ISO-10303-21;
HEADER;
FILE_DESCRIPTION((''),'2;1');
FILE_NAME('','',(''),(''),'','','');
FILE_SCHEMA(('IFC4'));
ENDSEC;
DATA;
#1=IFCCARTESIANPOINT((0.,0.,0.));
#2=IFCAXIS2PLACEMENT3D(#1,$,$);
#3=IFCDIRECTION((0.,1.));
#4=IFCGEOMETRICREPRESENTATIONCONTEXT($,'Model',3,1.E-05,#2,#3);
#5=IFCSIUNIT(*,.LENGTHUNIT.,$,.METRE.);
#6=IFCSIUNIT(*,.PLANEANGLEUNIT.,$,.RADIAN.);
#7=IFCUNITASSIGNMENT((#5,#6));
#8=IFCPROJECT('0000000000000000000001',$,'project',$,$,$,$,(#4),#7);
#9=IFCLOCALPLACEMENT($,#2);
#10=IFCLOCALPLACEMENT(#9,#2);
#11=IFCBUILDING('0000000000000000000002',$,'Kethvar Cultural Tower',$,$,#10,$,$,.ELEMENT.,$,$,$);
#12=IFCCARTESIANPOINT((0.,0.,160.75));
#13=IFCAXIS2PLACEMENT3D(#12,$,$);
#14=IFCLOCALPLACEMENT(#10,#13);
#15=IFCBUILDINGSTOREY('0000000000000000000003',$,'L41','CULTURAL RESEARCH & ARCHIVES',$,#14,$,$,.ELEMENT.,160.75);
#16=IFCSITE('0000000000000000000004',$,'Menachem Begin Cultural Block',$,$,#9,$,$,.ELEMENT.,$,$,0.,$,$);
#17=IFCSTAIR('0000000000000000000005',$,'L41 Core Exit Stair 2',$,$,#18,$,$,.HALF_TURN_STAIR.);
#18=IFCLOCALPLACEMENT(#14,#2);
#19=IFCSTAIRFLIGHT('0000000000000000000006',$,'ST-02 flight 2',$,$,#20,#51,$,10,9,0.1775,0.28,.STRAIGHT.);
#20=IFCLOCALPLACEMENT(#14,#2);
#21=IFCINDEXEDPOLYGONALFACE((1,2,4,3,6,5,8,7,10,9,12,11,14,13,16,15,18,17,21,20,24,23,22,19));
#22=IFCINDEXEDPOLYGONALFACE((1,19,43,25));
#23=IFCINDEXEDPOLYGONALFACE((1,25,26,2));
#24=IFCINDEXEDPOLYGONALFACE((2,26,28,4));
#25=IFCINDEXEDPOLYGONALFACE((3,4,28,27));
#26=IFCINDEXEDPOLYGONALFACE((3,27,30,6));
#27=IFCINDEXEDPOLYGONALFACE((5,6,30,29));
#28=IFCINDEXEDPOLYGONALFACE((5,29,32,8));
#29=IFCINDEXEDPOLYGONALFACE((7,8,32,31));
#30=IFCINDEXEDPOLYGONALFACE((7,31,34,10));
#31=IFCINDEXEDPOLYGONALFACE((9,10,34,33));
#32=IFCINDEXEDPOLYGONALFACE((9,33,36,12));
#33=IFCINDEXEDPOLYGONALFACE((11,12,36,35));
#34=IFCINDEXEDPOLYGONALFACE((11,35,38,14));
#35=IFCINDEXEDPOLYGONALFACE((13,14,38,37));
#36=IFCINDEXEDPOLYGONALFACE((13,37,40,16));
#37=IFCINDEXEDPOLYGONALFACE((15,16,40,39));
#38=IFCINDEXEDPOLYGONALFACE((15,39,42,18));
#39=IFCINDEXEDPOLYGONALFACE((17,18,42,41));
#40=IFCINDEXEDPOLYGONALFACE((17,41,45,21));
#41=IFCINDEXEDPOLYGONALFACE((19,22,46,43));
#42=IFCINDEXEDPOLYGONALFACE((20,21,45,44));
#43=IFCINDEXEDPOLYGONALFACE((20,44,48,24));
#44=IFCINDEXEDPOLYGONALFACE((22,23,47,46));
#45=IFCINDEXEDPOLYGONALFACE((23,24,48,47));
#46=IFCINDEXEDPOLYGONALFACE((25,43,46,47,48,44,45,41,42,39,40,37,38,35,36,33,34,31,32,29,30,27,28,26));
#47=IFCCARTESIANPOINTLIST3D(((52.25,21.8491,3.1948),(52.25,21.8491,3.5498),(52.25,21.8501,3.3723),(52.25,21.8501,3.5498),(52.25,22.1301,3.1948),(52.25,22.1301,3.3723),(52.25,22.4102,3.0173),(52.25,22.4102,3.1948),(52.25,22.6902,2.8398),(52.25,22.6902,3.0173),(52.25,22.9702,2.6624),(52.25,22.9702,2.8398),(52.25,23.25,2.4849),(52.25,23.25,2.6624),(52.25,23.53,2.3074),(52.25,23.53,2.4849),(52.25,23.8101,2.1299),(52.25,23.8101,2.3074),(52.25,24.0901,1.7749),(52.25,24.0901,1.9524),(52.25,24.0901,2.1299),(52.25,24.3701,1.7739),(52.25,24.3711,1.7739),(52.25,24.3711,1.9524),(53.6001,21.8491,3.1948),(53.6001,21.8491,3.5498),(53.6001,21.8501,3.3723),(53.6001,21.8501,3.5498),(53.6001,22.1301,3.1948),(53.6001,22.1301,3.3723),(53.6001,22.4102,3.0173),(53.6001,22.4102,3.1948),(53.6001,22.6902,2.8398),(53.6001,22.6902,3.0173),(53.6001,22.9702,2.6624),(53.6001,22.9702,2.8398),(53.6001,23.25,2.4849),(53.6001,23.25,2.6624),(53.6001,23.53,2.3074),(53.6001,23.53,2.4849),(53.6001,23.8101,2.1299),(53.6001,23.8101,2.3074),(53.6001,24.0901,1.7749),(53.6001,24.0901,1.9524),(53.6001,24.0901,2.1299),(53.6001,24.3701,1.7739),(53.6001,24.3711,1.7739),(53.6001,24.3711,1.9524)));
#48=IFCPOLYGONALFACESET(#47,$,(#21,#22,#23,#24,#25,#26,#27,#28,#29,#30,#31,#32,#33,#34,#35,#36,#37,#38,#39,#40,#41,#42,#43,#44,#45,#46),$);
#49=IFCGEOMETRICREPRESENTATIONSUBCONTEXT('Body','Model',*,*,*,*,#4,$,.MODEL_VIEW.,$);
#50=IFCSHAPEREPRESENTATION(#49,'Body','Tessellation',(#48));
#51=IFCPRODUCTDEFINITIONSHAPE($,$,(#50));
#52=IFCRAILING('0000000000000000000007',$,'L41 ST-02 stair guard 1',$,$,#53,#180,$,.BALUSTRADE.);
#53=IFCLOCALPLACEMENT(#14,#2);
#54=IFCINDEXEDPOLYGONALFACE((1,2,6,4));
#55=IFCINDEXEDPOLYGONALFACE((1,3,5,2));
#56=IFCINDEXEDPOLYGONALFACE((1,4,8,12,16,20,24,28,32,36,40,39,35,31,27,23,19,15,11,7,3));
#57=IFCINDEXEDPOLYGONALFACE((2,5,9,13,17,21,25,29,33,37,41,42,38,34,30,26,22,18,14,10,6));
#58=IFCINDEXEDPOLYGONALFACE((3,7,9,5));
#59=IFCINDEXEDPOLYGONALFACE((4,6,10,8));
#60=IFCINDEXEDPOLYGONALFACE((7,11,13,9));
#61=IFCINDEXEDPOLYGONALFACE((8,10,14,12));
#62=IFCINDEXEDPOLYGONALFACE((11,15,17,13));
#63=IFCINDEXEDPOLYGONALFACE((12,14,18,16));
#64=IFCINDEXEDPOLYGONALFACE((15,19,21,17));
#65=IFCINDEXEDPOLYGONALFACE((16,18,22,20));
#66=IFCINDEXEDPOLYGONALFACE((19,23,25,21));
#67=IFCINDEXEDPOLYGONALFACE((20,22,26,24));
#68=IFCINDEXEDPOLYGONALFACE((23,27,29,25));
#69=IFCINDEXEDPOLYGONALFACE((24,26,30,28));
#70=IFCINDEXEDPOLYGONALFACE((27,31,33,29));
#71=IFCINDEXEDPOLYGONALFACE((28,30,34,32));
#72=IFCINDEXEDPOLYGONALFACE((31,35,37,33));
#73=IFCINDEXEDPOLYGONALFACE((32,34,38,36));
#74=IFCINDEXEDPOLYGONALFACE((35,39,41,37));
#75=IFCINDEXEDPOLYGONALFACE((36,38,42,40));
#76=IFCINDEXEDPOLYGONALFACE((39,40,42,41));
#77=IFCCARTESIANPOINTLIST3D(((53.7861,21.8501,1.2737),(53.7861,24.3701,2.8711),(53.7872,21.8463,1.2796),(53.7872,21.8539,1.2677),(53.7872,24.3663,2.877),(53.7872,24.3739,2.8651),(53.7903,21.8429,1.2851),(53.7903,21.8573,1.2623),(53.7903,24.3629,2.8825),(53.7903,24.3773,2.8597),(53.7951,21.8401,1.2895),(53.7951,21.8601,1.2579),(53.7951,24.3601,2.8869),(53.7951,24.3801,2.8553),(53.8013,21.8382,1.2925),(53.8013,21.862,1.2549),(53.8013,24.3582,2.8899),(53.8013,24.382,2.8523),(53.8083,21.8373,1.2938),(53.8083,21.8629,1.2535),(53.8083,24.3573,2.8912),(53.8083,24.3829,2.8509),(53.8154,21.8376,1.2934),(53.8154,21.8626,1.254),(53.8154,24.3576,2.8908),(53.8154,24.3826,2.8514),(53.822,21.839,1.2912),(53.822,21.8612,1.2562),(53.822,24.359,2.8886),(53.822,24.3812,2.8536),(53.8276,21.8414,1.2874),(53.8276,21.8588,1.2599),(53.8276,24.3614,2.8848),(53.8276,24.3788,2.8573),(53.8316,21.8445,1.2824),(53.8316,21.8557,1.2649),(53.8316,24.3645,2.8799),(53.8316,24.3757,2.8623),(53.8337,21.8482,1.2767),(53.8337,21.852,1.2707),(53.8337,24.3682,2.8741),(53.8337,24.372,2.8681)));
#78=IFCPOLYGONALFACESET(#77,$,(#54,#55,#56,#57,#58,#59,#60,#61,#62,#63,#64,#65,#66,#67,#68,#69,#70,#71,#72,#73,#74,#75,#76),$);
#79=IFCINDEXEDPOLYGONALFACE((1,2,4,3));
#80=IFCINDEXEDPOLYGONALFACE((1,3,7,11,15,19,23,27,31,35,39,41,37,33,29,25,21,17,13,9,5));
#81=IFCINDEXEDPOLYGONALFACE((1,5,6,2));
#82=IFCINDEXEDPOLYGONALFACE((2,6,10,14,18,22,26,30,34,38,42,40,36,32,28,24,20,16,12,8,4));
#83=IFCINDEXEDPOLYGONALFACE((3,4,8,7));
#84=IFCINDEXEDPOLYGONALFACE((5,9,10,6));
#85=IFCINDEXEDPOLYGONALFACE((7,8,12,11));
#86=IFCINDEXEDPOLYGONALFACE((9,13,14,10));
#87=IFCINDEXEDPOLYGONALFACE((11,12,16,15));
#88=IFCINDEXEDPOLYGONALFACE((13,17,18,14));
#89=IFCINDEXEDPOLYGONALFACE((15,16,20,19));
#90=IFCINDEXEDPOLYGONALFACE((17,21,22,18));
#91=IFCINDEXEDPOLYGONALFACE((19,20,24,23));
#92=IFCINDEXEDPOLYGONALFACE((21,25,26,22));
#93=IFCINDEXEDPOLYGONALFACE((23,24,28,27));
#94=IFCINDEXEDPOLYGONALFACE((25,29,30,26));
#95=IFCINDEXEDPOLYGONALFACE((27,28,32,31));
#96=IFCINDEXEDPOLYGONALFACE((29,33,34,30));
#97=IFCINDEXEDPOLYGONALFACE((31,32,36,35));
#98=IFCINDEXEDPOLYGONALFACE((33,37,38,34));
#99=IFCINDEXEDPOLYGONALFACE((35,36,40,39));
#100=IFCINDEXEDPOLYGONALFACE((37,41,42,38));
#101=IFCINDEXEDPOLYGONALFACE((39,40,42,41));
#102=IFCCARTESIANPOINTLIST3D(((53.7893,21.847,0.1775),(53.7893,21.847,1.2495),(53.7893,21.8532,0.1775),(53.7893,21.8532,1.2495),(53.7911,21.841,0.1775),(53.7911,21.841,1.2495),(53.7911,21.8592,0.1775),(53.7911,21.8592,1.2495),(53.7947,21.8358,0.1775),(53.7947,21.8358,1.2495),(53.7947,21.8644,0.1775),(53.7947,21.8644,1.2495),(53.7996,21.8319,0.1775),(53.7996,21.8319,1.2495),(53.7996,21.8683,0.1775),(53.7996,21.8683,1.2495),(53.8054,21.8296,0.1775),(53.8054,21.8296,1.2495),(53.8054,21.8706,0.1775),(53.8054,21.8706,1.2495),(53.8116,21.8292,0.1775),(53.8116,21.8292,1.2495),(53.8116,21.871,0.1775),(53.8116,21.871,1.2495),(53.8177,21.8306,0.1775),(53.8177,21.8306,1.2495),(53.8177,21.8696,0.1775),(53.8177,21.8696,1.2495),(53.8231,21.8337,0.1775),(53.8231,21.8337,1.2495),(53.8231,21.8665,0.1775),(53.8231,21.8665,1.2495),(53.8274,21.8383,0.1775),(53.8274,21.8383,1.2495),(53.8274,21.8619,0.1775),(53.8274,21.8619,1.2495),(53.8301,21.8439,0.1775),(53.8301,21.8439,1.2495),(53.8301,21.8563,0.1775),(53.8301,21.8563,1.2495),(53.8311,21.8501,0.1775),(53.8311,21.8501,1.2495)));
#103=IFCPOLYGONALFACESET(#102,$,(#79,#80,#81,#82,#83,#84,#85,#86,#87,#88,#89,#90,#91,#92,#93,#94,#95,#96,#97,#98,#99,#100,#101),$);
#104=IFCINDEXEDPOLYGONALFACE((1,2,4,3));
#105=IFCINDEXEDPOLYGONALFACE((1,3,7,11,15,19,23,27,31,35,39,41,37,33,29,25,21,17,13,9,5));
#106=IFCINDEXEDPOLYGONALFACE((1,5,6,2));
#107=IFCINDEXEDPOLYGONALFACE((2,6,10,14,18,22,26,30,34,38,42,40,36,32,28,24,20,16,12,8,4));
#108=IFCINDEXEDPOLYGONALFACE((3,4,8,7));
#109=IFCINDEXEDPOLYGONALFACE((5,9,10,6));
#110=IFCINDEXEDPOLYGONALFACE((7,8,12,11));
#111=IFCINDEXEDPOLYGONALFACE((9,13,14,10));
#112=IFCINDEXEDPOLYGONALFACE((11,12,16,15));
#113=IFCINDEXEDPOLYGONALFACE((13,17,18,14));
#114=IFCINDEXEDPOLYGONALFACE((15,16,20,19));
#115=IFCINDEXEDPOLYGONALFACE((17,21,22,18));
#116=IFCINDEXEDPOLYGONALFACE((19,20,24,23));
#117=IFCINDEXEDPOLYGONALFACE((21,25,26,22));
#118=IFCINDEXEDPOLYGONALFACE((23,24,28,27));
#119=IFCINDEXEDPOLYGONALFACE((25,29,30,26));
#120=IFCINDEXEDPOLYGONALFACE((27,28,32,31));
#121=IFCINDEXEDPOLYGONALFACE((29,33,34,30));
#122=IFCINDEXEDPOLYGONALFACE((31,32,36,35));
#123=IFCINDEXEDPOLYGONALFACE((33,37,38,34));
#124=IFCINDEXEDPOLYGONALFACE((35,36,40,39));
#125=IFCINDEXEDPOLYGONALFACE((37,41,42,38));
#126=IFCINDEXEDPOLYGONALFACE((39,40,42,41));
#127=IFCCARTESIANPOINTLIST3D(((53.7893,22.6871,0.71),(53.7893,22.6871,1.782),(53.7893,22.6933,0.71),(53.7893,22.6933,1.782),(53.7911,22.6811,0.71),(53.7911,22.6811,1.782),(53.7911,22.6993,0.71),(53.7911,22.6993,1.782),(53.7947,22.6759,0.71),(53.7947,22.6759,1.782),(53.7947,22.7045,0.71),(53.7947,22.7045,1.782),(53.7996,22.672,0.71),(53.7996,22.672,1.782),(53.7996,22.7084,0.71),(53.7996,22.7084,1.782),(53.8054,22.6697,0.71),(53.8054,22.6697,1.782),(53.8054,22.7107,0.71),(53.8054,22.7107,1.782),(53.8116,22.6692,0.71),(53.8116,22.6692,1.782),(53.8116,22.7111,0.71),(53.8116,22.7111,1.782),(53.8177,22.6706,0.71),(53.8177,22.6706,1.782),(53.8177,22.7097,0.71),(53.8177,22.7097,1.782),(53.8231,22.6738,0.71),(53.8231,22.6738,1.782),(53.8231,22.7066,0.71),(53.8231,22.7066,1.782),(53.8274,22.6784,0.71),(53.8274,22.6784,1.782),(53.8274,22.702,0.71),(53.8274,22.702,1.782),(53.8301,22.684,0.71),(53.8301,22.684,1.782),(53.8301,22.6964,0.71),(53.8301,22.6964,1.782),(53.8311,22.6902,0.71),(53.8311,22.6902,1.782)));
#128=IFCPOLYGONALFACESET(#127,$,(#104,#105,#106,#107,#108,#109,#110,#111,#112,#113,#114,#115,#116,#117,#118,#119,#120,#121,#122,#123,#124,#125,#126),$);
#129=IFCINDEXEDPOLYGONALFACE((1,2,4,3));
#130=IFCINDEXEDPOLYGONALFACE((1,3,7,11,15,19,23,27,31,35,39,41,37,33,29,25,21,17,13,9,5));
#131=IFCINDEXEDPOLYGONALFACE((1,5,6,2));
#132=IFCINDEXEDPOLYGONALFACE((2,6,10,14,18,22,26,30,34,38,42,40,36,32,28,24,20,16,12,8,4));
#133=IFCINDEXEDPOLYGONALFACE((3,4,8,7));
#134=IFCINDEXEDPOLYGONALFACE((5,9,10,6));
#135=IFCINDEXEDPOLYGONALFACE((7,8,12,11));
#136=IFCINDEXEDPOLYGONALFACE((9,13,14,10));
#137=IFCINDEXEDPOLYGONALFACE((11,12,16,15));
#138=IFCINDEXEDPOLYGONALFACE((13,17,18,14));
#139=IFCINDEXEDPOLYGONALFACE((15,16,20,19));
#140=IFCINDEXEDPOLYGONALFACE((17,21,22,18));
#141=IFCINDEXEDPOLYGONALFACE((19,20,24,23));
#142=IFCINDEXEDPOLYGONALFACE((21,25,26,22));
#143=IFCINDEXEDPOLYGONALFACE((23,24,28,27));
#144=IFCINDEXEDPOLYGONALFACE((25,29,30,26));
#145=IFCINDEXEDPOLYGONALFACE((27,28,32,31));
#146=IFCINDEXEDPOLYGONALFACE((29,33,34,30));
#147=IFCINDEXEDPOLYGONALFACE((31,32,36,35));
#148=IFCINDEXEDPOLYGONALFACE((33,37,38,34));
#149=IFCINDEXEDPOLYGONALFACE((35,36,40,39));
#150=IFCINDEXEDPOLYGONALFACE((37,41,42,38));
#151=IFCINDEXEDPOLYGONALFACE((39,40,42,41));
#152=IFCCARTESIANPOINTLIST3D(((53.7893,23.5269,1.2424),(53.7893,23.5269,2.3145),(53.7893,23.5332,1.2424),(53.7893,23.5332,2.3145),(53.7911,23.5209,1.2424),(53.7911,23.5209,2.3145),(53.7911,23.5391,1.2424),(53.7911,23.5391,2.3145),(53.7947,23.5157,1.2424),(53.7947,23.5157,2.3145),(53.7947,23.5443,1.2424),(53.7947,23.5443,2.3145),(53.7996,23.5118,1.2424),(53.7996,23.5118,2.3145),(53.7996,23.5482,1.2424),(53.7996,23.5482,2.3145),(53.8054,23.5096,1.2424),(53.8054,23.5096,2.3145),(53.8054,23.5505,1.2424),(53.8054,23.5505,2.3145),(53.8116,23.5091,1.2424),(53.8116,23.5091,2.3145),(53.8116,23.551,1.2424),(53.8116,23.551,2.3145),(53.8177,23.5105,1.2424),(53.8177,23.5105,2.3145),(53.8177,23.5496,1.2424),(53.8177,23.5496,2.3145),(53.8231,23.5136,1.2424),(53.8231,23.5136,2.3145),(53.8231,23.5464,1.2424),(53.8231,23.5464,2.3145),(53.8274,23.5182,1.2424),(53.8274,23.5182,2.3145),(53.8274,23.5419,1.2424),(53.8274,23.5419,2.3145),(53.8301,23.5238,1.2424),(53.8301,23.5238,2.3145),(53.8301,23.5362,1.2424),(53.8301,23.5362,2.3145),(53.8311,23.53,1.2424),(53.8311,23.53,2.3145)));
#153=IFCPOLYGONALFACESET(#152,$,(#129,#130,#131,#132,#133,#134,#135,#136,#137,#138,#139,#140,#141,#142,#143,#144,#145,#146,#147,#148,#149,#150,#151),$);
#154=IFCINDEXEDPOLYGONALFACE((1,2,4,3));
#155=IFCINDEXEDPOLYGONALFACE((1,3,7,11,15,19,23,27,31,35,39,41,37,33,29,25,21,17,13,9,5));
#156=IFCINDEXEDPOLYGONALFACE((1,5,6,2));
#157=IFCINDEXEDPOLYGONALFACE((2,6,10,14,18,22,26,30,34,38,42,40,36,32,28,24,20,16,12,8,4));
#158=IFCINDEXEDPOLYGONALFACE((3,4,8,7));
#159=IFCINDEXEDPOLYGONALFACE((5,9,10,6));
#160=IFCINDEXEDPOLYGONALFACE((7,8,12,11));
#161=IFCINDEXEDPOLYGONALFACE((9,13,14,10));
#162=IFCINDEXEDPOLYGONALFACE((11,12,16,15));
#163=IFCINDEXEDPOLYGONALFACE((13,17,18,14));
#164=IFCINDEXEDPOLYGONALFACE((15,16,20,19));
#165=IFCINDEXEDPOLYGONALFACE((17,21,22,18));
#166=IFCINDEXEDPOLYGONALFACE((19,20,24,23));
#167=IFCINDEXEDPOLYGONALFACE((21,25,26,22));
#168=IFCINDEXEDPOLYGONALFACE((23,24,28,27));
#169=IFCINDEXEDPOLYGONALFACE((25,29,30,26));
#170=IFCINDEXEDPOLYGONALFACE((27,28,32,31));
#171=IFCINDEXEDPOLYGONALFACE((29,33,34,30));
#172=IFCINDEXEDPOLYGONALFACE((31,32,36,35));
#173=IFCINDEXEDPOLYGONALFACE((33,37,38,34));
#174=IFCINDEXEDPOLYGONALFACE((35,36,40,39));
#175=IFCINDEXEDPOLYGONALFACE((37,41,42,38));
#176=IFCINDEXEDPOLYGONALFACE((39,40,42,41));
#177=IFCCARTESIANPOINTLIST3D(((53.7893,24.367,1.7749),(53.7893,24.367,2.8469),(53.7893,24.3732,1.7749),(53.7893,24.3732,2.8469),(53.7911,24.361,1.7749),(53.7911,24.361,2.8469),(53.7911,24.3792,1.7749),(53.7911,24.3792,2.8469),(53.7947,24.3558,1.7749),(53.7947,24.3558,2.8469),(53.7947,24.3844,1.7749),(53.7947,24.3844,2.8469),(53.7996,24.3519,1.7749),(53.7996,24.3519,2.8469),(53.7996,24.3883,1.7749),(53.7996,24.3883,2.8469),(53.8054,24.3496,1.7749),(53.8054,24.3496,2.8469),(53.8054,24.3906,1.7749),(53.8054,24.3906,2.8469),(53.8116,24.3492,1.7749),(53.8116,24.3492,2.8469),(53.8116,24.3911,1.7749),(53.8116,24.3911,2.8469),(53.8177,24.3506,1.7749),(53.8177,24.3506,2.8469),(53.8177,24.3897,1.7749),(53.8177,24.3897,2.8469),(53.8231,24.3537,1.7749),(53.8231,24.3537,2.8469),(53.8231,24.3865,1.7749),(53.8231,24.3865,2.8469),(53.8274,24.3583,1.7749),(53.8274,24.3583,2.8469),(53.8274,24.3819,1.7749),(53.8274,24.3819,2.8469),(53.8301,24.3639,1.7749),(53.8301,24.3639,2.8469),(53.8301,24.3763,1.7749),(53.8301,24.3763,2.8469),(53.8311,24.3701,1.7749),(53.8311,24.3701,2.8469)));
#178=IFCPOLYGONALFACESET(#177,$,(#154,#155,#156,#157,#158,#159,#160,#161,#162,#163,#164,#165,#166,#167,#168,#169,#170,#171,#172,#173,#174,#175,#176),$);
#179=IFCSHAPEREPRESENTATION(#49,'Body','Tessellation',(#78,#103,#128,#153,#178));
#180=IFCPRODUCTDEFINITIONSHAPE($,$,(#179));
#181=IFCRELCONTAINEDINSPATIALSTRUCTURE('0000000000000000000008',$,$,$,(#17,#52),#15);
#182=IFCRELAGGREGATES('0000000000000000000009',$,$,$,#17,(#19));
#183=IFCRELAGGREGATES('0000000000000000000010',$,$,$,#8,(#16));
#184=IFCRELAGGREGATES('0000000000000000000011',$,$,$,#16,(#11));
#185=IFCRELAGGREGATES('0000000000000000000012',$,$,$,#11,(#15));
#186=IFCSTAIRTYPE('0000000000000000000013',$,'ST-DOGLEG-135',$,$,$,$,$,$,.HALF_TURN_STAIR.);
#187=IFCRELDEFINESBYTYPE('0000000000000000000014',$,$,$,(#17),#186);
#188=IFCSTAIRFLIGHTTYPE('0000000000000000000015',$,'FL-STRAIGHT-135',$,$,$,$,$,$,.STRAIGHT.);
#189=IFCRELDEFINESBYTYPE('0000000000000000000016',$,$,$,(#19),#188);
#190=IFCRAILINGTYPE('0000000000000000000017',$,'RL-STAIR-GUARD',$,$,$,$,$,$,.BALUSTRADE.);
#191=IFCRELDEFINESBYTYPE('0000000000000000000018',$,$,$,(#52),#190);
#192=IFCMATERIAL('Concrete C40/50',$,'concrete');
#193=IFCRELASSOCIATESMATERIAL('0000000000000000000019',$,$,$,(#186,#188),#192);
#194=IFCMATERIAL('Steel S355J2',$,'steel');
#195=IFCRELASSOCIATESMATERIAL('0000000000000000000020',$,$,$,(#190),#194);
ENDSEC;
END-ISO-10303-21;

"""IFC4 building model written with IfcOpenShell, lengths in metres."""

from ifc_helpers import new_model, si_unit, direction, frame, origin, origin_2d, place, context, subcontext, project, spatial, polyline, circle, outline, extrude, material, type_object, element, aggregate, save


model = new_model("IFC4")

# Units and contexts
model_context = context("Model", 3, precision=1e-05, world=origin(), true_north=direction((0.0, 1.0)))
body_context = subcontext(model_context, "Body", "Model", "MODEL_VIEW")
ifc_project = project(units=[si_unit("LENGTHUNIT", "METRE"), si_unit("PLANEANGLEUNIT", "RADIAN")], contexts=[model_context])

# Site, building, storey
site_placement = place(None, origin())
site = spatial("IfcSite", under=ifc_project, at=site_placement, Name="Menachem Begin Cultural Block", CompositionType="ELEMENT", RefElevation=0.0)
building_placement = place(site_placement, origin())
building = spatial("IfcBuilding", under=site, at=building_placement, Name="Kethvar Cultural Tower", CompositionType="ELEMENT")
storey_placement = place(building_placement, frame((0.0, 0.0, 160.75)))
storey = spatial("IfcBuildingStorey", under=building, at=storey_placement, Name="L41", Description="CULTURAL RESEARCH & ARCHIVES", CompositionType="ELEMENT", Elevation=160.75)

# Shared definitions
ifc_material_1 = material(Name="Steel S355J2", Category="steel")

# Stair, stair flight
ifc_material_2 = material(Name="Concrete C40/50", Category="concrete")
stair_type = type_object("IfcStairType", Name="ST-DOGLEG-135", PredefinedType="HALF_TURN_STAIR", material=ifc_material_2)
stair_placement = place(storey_placement, origin())
stair = element("IfcStair", 1, at=stair_placement, inside=storey, type_object=stair_type, Name="L41 Core Exit Stair 2", PredefinedType="HALF_TURN_STAIR")
stair_flight_type = type_object("IfcStairFlightType", Name="FL-STRAIGHT-135", PredefinedType="STRAIGHT", material=ifc_material_2)
stair_flight_1_placement = place(storey_placement, frame((52.925, 24.3701, 1.7749), z_axis=(0.0, 0.0, 1.0), x_axis=(0.0, -1.0, 0.0)))
stair_flight_1 = element("IfcStairFlight", 2, at=stair_flight_1_placement, type_object=stair_flight_type, Name="ST-02 flight 2", NumberOfRisers=10, NumberOfTreads=9, PredefinedType="STRAIGHT", RiserHeight=0.1775, TreadLength=0.28, context=body_context, shape_type="SweptSolid", body=[
    extrude(outline(polyline([(-0.001, -0.001), (-0.001, 0.1775), (0.28, 0.1775), (0.28, 0.355), (0.5601, 0.355), (0.5601, 0.5325), (0.8401, 0.5325), (0.8401, 0.71), (1.1201, 0.71), (1.1201, 0.8875), (1.3999, 0.8875), (1.3999, 1.0649), (1.6799, 1.0649), (1.6799, 1.2424), (1.96, 1.2424), (1.96, 1.4199), (2.24, 1.4199), (2.24, 1.5974), (2.52, 1.5974), (2.52, 1.7749), (2.521, 1.7749), (2.521, 1.4199), (0.28, 0.0), (0.0, -0.001), (-0.001, -0.001)])), frame((0.0, 0.675, 0.0), z_axis=(0.0, -1.0, 0.0), x_axis=(1.0, 0.0, 0.0)), (0.0, 0.0, 1.0), 1.3501),
])
aggregate(stair, [stair_flight_1])

# Railing
railing_type_1 = type_object("IfcRailingType", Name="RL-STAIR-GUARD", PredefinedType="BALUSTRADE", material=ifc_material_1)
railing_1_placement = place(storey_placement, frame((53.8101, 21.8501, 0.1775)))
element("IfcRailing", 3, at=railing_1_placement, inside=storey, type_object=railing_type_1, Name="L41 ST-02 stair guard 1", PredefinedType="BALUSTRADE", context=body_context, shape_type="SweptSolid", body=[
    extrude(circle(Radius=0.0239, at=origin_2d()), frame((0.0, 0.0, 1.0962), z_axis=(0.0, 0.844607, 0.535387), x_axis=(-1.0, 0.0, 0.0)), (0.0, 0.0, 1.0), 2.9836),
    extrude(circle(Radius=0.021, at=origin_2d()), origin(), (0.0, 0.0, 1.0), 1.072),
    extrude(circle(Radius=0.021, at=origin_2d()), frame((0.0, 0.8401, 0.5325)), (0.0, 0.0, 1.0), 1.072),
    extrude(circle(Radius=0.021, at=origin_2d()), frame((0.0, 1.6799, 1.0649)), (0.0, 0.0, 1.0), 1.072),
    extrude(circle(Radius=0.021, at=origin_2d()), frame((0.0, 2.52, 1.5974)), (0.0, 0.0, 1.0), 1.072),
])

save(model, "model.ifc")
